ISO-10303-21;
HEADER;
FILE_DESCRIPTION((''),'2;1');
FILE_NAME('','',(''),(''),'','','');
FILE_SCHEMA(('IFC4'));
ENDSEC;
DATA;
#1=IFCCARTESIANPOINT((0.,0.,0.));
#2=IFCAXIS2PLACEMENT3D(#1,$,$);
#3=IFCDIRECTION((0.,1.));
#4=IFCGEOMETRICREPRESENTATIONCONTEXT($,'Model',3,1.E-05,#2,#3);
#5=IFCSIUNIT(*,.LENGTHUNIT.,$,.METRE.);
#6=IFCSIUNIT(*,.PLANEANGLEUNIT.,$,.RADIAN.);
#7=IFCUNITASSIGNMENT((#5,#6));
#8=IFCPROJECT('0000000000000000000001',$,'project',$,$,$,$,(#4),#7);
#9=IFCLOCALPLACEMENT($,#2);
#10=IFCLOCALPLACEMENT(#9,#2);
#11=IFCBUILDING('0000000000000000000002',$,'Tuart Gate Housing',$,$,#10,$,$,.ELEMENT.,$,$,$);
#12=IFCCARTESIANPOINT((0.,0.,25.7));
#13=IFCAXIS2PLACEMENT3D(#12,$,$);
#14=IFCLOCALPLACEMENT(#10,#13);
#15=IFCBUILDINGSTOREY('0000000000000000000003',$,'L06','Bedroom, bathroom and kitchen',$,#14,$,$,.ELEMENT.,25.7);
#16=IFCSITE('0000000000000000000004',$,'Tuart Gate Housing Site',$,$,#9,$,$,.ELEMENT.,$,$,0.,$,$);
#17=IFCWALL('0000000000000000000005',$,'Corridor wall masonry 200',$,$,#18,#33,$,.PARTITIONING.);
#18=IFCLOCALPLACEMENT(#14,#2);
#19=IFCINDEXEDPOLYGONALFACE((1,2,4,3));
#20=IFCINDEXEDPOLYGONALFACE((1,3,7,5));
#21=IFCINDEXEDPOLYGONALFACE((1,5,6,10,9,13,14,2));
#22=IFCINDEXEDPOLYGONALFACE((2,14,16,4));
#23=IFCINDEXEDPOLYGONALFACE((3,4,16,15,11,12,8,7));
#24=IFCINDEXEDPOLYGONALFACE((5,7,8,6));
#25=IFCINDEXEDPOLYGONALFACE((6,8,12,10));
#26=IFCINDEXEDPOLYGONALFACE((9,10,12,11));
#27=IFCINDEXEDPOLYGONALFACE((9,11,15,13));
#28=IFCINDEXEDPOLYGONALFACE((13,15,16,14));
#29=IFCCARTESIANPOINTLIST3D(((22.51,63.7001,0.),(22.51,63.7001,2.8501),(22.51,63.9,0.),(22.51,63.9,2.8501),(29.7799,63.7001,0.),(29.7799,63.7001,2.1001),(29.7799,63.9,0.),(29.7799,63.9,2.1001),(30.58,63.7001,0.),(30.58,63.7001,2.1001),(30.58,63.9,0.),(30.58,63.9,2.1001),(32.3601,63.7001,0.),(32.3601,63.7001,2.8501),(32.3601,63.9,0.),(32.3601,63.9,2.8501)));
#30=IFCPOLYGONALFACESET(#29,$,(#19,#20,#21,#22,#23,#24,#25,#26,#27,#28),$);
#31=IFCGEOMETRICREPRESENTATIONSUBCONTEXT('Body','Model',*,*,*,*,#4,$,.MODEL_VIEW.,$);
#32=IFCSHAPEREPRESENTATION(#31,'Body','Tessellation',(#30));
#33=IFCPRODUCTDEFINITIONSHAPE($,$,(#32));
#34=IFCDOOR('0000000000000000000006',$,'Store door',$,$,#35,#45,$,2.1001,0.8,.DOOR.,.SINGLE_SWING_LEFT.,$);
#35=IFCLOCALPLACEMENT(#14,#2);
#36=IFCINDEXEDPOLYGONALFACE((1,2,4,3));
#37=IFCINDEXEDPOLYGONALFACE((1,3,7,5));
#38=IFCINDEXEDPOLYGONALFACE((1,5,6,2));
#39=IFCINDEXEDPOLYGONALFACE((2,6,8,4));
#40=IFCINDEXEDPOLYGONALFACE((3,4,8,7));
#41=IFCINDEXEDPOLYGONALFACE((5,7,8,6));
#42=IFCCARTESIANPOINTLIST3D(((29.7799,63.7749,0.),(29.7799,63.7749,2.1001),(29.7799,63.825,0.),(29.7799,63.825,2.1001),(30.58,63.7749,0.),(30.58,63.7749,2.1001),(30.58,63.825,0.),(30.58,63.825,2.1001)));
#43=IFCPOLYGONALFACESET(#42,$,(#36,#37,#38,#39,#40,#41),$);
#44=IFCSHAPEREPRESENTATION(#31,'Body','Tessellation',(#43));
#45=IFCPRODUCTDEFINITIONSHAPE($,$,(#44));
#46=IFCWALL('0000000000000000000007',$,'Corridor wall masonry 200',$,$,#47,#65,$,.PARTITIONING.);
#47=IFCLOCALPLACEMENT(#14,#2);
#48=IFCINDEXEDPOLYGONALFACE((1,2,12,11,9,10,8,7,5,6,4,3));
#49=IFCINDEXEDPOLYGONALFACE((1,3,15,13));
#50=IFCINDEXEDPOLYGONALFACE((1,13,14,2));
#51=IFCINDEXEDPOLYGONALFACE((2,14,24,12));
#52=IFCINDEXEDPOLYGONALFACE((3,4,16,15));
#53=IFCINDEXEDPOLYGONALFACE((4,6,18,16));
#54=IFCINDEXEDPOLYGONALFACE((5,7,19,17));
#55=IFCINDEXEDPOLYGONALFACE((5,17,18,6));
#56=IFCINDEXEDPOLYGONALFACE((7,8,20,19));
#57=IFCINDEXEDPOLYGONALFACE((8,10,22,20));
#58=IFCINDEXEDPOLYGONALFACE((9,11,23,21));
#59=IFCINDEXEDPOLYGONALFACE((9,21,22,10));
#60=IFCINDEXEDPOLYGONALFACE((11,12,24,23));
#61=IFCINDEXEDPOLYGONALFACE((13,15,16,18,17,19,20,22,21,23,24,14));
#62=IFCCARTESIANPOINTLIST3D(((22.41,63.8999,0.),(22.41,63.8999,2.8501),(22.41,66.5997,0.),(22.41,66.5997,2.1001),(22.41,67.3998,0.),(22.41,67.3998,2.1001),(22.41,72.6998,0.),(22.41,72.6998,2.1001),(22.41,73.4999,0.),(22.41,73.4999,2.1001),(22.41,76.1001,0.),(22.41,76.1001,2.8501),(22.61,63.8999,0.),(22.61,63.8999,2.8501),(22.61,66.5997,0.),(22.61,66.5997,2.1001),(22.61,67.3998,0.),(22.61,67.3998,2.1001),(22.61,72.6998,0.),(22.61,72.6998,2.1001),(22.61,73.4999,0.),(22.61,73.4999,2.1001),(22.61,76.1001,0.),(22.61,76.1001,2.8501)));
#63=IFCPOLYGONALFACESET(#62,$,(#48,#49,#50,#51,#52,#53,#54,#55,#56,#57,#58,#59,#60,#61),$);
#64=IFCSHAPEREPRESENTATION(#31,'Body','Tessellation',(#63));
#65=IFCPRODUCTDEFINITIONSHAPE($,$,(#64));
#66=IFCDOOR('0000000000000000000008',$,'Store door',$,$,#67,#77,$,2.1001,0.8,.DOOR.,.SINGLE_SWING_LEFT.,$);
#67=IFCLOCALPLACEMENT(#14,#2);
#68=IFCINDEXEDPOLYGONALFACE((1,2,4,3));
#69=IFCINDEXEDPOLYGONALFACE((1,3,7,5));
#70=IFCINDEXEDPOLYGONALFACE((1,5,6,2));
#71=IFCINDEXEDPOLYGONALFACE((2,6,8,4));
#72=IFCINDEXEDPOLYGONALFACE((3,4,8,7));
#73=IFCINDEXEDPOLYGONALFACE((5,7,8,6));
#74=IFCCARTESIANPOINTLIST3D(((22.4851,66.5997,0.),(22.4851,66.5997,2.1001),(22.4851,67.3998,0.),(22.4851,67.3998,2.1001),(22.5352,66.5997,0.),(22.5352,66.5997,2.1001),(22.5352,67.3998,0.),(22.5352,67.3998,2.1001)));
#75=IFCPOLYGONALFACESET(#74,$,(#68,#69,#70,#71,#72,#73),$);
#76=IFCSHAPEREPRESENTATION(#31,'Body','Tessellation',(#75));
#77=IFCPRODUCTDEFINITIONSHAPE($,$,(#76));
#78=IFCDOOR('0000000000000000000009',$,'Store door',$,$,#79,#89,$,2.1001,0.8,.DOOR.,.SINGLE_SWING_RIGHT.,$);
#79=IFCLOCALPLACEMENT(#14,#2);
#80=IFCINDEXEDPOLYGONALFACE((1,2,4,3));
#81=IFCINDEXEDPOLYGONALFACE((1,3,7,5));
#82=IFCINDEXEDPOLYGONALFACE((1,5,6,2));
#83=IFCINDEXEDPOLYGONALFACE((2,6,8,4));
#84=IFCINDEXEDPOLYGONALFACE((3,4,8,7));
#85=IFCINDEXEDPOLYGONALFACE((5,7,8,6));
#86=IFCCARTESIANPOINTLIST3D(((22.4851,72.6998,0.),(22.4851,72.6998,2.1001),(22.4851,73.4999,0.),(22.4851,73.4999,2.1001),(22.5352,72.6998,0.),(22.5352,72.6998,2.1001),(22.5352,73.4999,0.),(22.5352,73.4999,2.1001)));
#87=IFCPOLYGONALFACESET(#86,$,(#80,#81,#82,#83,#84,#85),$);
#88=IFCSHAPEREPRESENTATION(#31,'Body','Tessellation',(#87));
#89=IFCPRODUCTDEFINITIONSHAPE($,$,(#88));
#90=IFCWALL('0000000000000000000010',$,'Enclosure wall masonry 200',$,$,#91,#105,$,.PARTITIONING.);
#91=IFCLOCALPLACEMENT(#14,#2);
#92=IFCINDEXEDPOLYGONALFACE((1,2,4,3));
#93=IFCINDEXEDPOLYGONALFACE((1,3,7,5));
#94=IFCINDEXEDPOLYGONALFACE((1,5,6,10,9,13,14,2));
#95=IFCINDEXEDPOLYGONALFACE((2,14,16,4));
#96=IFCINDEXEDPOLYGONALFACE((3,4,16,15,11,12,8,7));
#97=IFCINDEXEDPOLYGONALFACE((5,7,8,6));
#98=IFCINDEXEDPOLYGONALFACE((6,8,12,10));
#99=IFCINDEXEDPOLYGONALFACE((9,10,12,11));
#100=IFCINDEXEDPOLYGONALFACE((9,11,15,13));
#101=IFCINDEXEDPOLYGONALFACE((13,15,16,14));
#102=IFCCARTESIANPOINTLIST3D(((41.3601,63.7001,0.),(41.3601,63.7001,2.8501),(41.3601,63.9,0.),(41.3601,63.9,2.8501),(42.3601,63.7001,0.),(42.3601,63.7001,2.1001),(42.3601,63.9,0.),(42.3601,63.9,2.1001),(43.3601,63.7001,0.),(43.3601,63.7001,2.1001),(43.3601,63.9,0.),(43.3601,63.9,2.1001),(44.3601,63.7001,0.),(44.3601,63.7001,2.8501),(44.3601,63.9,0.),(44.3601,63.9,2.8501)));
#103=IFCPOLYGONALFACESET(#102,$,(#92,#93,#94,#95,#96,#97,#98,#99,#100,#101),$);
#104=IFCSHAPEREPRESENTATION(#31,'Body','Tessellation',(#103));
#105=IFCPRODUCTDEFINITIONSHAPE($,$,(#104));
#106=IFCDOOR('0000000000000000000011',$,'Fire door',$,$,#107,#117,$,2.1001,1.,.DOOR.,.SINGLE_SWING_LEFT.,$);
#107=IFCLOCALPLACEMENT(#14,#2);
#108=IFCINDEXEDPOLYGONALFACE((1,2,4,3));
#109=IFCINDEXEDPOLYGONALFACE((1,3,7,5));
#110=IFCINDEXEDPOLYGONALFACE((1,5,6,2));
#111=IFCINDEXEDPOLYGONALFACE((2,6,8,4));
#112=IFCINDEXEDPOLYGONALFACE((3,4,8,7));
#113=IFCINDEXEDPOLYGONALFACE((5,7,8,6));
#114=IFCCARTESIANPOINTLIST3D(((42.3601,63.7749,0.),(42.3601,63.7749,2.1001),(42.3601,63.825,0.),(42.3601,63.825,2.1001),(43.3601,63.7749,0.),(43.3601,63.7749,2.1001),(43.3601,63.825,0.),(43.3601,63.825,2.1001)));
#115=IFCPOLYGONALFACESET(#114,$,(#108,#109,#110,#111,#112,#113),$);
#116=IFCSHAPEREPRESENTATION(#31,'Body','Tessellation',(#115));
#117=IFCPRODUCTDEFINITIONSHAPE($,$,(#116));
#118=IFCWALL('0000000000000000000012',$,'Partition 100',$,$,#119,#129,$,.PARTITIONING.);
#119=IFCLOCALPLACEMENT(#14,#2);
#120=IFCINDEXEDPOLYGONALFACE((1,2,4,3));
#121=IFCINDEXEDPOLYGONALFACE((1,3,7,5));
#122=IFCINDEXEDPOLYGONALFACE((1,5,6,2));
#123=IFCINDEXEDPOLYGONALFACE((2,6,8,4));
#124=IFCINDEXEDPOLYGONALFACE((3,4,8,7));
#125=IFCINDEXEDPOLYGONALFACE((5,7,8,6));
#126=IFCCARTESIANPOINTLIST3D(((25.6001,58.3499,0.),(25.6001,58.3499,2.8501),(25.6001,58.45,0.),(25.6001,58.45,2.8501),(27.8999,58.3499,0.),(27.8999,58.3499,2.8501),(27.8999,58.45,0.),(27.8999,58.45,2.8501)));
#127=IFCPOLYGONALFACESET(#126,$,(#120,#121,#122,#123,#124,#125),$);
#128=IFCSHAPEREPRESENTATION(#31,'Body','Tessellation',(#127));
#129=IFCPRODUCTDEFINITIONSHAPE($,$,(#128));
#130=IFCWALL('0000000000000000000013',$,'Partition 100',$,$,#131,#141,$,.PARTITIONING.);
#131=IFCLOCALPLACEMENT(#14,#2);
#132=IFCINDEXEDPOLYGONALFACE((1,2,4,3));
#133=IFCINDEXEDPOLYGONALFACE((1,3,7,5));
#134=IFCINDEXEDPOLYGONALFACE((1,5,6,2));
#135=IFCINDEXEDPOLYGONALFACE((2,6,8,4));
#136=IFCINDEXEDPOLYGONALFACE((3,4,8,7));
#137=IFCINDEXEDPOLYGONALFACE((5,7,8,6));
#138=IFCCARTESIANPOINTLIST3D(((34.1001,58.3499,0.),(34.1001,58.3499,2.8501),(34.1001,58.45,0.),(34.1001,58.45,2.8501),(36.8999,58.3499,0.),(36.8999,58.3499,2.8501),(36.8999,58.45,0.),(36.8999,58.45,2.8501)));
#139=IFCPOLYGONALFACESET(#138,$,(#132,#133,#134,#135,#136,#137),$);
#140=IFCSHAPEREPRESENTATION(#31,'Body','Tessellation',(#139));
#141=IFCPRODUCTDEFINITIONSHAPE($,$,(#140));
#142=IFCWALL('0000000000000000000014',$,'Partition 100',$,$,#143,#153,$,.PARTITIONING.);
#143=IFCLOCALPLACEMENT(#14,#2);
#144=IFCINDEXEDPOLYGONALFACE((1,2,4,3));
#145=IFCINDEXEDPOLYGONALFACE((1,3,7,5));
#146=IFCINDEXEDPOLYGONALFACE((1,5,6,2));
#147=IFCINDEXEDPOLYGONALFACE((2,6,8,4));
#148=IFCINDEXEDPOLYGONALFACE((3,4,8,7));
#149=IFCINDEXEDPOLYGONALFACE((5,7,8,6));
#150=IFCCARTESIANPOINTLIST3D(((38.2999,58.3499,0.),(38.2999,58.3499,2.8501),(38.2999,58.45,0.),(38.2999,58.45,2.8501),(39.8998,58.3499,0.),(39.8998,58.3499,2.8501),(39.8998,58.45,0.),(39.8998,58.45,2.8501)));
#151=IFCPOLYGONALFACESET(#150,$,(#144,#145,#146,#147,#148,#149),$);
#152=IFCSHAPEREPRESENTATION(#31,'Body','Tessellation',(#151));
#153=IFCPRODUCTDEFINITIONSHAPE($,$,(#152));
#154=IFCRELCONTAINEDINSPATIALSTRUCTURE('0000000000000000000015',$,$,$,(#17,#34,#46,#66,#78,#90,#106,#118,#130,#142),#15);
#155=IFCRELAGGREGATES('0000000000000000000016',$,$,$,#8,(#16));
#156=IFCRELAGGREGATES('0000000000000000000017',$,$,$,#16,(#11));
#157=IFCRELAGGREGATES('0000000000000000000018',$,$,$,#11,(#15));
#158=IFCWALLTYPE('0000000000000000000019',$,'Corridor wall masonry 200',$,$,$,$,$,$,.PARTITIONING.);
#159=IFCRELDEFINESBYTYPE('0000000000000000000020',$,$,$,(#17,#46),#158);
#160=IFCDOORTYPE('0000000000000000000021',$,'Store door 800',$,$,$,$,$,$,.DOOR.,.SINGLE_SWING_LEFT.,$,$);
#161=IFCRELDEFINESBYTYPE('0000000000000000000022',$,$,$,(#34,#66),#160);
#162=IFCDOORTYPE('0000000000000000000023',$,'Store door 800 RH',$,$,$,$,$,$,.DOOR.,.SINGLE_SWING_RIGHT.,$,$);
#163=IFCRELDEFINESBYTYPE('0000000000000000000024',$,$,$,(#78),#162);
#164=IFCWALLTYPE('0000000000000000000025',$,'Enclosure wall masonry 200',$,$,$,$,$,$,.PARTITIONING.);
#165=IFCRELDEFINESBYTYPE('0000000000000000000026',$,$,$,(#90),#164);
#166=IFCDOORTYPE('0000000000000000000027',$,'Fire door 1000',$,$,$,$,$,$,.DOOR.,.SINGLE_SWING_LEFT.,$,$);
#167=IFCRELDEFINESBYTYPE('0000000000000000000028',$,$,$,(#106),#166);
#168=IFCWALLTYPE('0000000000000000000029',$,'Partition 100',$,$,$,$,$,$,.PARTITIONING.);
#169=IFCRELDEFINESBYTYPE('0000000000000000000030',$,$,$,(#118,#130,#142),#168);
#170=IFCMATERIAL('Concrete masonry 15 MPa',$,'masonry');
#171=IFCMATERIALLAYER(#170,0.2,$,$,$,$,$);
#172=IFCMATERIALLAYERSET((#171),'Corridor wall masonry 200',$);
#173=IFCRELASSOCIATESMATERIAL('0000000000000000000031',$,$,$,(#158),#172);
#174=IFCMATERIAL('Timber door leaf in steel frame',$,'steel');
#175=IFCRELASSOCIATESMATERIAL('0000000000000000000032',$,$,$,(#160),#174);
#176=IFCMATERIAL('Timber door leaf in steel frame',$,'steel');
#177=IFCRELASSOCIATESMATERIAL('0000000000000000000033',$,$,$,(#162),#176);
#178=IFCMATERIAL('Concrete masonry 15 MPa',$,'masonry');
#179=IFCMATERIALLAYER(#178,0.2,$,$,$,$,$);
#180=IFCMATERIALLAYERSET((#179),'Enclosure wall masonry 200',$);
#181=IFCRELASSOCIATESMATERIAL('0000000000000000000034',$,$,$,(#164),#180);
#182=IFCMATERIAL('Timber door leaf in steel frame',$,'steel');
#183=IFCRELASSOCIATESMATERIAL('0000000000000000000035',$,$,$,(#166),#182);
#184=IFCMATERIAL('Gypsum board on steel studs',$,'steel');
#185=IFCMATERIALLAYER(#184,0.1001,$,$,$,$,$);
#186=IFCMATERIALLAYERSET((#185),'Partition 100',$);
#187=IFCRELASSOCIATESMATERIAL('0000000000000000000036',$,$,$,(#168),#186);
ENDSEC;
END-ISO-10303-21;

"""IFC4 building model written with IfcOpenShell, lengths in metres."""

from ifc_helpers import new_model, si_unit, direction, frame, frame_2d, origin, place, context, subcontext, project, spatial, rectangle, extrude, material, layer, layer_set, type_object, element, fill, save


model = new_model("IFC4")

# Units and contexts
model_context = context("Model", 3, precision=1e-05, world=origin(), true_north=direction((0.0, 1.0)))
body_context = subcontext(model_context, "Body", "Model", "MODEL_VIEW")
ifc_project = project(units=[si_unit("LENGTHUNIT", "METRE"), si_unit("PLANEANGLEUNIT", "RADIAN")], contexts=[model_context])

# Site, building, storey
site_placement = place(None, origin())
site = spatial("IfcSite", under=ifc_project, at=site_placement, Name="Tuart Gate Housing Site", CompositionType="ELEMENT", RefElevation=0.0)
building_placement = place(site_placement, origin())
building = spatial("IfcBuilding", under=site, at=building_placement, Name="Tuart Gate Housing", CompositionType="ELEMENT")
storey_placement = place(building_placement, frame((0.0, 0.0, 25.7)))
storey = spatial("IfcBuildingStorey", under=building, at=storey_placement, Name="L06", Description="Bedroom, bathroom and kitchen", CompositionType="ELEMENT", Elevation=25.7)

# Shared definitions
ifc_material_1 = material(Name="Concrete masonry 15 MPa", Category="masonry")
ifc_layer_1 = layer(ifc_material_1, 0.2)
ifc_layer_set_1 = layer_set([ifc_layer_1], Name="Corridor wall masonry 200")
wall_type_1 = type_object("IfcWallType", Name="Corridor wall masonry 200", PredefinedType="PARTITIONING", material=ifc_layer_set_1)

# Wall, opening, door
wall_1_placement = place(storey_placement, frame((22.51, 63.8, 0.0), z_axis=(0.0, 0.0, 1.0), x_axis=(1.0, 0.0, 0.0)))
wall_1 = element("IfcWall", 1, at=wall_1_placement, inside=storey, type_object=wall_type_1, Name="Corridor wall masonry 200", PredefinedType="PARTITIONING", context=body_context, shape_type="SweptSolid", body=[
    extrude(rectangle(XDim=9.8501, YDim=0.2, at=frame_2d((4.925, 0.0))), origin(), (0.0, 0.0, 1.0), 2.8501),
])
opening_1_placement = place(wall_1_placement, frame((7.27, 0.0, 0.0)))
opening_1 = element("IfcOpeningElement", 2, at=opening_1_placement, cuts=wall_1, PredefinedType="OPENING", context=body_context, shape_type="SweptSolid", body=[
    extrude(rectangle(XDim=0.8, YDim=2.1001, at=frame_2d((0.3999, 1.05))), frame((0.0, 0.1099, 0.0), z_axis=(0.0, -1.0, 0.0), x_axis=(1.0, 0.0, 0.0)), (0.0, 0.0, 1.0), 0.22),
])
ifc_material_2 = material(Name="Timber door leaf in steel frame", Category="steel")
door_type_1 = type_object("IfcDoorType", Name="Store door 800", OperationType="SINGLE_SWING_LEFT", PredefinedType="DOOR", material=ifc_material_2)
door_1_placement = place(opening_1_placement, origin())
door_1 = element("IfcDoor", 3, at=door_1_placement, inside=storey, type_object=door_type_1, Name="Store door", OperationType="SINGLE_SWING_LEFT", OverallHeight=2.1001, OverallWidth=0.8, PredefinedType="DOOR", context=body_context, shape_type="SweptSolid", body=[
    extrude(rectangle(XDim=0.8, YDim=2.1001, at=frame_2d((0.3999, 1.05))), frame((0.0, 0.0249, 0.0), z_axis=(0.0, -1.0, 0.0), x_axis=(1.0, 0.0, 0.0)), (0.0, 0.0, 1.0), 0.05),
])
fill(opening_1, door_1)

# Wall, openings, doors
wall_2_placement = place(storey_placement, frame((22.51, 63.8999, 0.0), z_axis=(0.0, 0.0, 1.0), x_axis=(0.0, 1.0, 0.0)))
wall_2 = element("IfcWall", 4, at=wall_2_placement, inside=storey, type_object=wall_type_1, Name="Corridor wall masonry 200", PredefinedType="PARTITIONING", context=body_context, shape_type="SweptSolid", body=[
    extrude(rectangle(XDim=12.2002, YDim=0.2, at=frame_2d((6.1001, 0.0))), origin(), (0.0, 0.0, 1.0), 2.8501),
])
opening_2_placement = place(wall_2_placement, frame((2.7, 0.0, 0.0)))
opening_2 = element("IfcOpeningElement", 5, at=opening_2_placement, cuts=wall_2, PredefinedType="OPENING", context=body_context, shape_type="SweptSolid", body=[
    extrude(rectangle(XDim=0.8, YDim=2.1001, at=frame_2d((0.3999, 1.05))), frame((0.0, 0.1099, 0.0), z_axis=(0.0, -1.0, 0.0), x_axis=(1.0, 0.0, 0.0)), (0.0, 0.0, 1.0), 0.22),
])
opening_3_placement = place(wall_2_placement, frame((8.8, 0.0, 0.0)))
opening_3 = element("IfcOpeningElement", 6, at=opening_3_placement, cuts=wall_2, PredefinedType="OPENING", context=body_context, shape_type="SweptSolid", body=[
    extrude(rectangle(XDim=0.8, YDim=2.1001, at=frame_2d((0.3999, 1.05))), frame((0.0, 0.1099, 0.0), z_axis=(0.0, -1.0, 0.0), x_axis=(1.0, 0.0, 0.0)), (0.0, 0.0, 1.0), 0.22),
])
door_2_placement = place(opening_2_placement, frame((0.8, 0.0, 0.0), z_axis=(0.0, 0.0, 1.0), x_axis=(-1.0, 0.0, 0.0)))
door_2 = element("IfcDoor", 7, at=door_2_placement, inside=storey, type_object=door_type_1, Name="Store door", OperationType="SINGLE_SWING_LEFT", OverallHeight=2.1001, OverallWidth=0.8, PredefinedType="DOOR", context=body_context, shape_type="SweptSolid", body=[
    extrude(rectangle(XDim=0.8, YDim=2.1001, at=frame_2d((0.4001, 1.05))), frame((0.0, 0.0251, 0.0), z_axis=(0.0, -1.0, 0.0), x_axis=(1.0, 0.0, 0.0)), (0.0, 0.0, 1.0), 0.05),
])
fill(opening_2, door_2)
ifc_material_3 = material(Name="Timber door leaf in steel frame", Category="steel")
door_type_2 = type_object("IfcDoorType", Name="Store door 800 RH", OperationType="SINGLE_SWING_RIGHT", PredefinedType="DOOR", material=ifc_material_3)
door_3_placement = place(opening_3_placement, frame((0.8, 0.0, 0.0), z_axis=(0.0, 0.0, 1.0), x_axis=(-1.0, 0.0, 0.0)))
door_3 = element("IfcDoor", 8, at=door_3_placement, inside=storey, type_object=door_type_2, Name="Store door", OperationType="SINGLE_SWING_RIGHT", OverallHeight=2.1001, OverallWidth=0.8, PredefinedType="DOOR", context=body_context, shape_type="SweptSolid", body=[
    extrude(rectangle(XDim=0.8, YDim=2.1001, at=frame_2d((0.4001, 1.05))), frame((0.0, 0.0251, 0.0), z_axis=(0.0, -1.0, 0.0), x_axis=(1.0, 0.0, 0.0)), (0.0, 0.0, 1.0), 0.05),
])
fill(opening_3, door_3)

# Wall, opening, door
ifc_material_4 = material(Name="Concrete masonry 15 MPa", Category="masonry")
ifc_layer_2 = layer(ifc_material_4, 0.2)
ifc_layer_set_2 = layer_set([ifc_layer_2], Name="Enclosure wall masonry 200")
wall_type_2 = type_object("IfcWallType", Name="Enclosure wall masonry 200", PredefinedType="PARTITIONING", material=ifc_layer_set_2)
wall_3_placement = place(storey_placement, frame((41.3601, 63.8, 0.0), z_axis=(0.0, 0.0, 1.0), x_axis=(1.0, 0.0, 0.0)))
wall_3 = element("IfcWall", 9, at=wall_3_placement, inside=storey, type_object=wall_type_2, Name="Enclosure wall masonry 200", PredefinedType="PARTITIONING", context=body_context, shape_type="SweptSolid", body=[
    extrude(rectangle(XDim=3.0, YDim=0.2, at=frame_2d((1.5, 0.0))), origin(), (0.0, 0.0, 1.0), 2.8501),
])
opening_4_placement = place(wall_3_placement, frame((1.0, 0.0, 0.0)))
opening_4 = element("IfcOpeningElement", 10, at=opening_4_placement, cuts=wall_3, PredefinedType="OPENING", context=body_context, shape_type="SweptSolid", body=[
    extrude(rectangle(XDim=1.0, YDim=2.1001, at=frame_2d((0.5, 1.05))), frame((0.0, 0.1099, 0.0), z_axis=(0.0, -1.0, 0.0), x_axis=(1.0, 0.0, 0.0)), (0.0, 0.0, 1.0), 0.22),
])
ifc_material_5 = material(Name="Timber door leaf in steel frame", Category="steel")
door_type_3 = type_object("IfcDoorType", Name="Fire door 1000", OperationType="SINGLE_SWING_LEFT", PredefinedType="DOOR", material=ifc_material_5)
door_4_placement = place(opening_4_placement, frame((1.0, 0.0, 0.0), z_axis=(0.0, 0.0, 1.0), x_axis=(-1.0, 0.0, 0.0)))
door_4 = element("IfcDoor", 11, at=door_4_placement, inside=storey, type_object=door_type_3, Name="Fire door", OperationType="SINGLE_SWING_LEFT", OverallHeight=2.1001, OverallWidth=1.0, PredefinedType="DOOR", context=body_context, shape_type="SweptSolid", body=[
    extrude(rectangle(XDim=1.0, YDim=2.1001, at=frame_2d((0.5, 1.05))), frame((0.0, 0.0251, 0.0), z_axis=(0.0, -1.0, 0.0), x_axis=(1.0, 0.0, 0.0)), (0.0, 0.0, 1.0), 0.05),
])
fill(opening_4, door_4)

# Walls
ifc_material_6 = material(Name="Gypsum board on steel studs", Category="steel")
ifc_layer_3 = layer(ifc_material_6, 0.1001)
ifc_layer_set_3 = layer_set([ifc_layer_3], Name="Partition 100")
wall_type_3 = type_object("IfcWallType", Name="Partition 100", PredefinedType="PARTITIONING", material=ifc_layer_set_3)
wall_4_placement = place(storey_placement, frame((25.6001, 58.3999, 0.0), z_axis=(0.0, 0.0, 1.0), x_axis=(1.0, 0.0, 0.0)))
element("IfcWall", 12, at=wall_4_placement, inside=storey, type_object=wall_type_3, Name="Partition 100", PredefinedType="PARTITIONING", context=body_context, shape_type="SweptSolid", body=[
    extrude(rectangle(XDim=2.2998, YDim=0.1001, at=frame_2d((1.1499, 0.0))), origin(), (0.0, 0.0, 1.0), 2.8501),
])
wall_5_placement = place(storey_placement, frame((34.1001, 58.3999, 0.0), z_axis=(0.0, 0.0, 1.0), x_axis=(1.0, 0.0, 0.0)))
element("IfcWall", 13, at=wall_5_placement, inside=storey, type_object=wall_type_3, Name="Partition 100", PredefinedType="PARTITIONING", context=body_context, shape_type="SweptSolid", body=[
    extrude(rectangle(XDim=2.7998, YDim=0.1001, at=frame_2d((1.3999, 0.0))), origin(), (0.0, 0.0, 1.0), 2.8501),
])
wall_6_placement = place(storey_placement, frame((38.3, 58.3999, 0.0), z_axis=(0.0, 0.0, 1.0), x_axis=(1.0, 0.0, 0.0)))
element("IfcWall", 14, at=wall_6_placement, inside=storey, type_object=wall_type_3, Name="Partition 100", PredefinedType="PARTITIONING", context=body_context, shape_type="SweptSolid", body=[
    extrude(rectangle(XDim=1.5999, YDim=0.1001, at=frame_2d((0.7998, 0.0))), origin(), (0.0, 0.0, 1.0), 2.8501),
])

save(model, "model.ifc")
